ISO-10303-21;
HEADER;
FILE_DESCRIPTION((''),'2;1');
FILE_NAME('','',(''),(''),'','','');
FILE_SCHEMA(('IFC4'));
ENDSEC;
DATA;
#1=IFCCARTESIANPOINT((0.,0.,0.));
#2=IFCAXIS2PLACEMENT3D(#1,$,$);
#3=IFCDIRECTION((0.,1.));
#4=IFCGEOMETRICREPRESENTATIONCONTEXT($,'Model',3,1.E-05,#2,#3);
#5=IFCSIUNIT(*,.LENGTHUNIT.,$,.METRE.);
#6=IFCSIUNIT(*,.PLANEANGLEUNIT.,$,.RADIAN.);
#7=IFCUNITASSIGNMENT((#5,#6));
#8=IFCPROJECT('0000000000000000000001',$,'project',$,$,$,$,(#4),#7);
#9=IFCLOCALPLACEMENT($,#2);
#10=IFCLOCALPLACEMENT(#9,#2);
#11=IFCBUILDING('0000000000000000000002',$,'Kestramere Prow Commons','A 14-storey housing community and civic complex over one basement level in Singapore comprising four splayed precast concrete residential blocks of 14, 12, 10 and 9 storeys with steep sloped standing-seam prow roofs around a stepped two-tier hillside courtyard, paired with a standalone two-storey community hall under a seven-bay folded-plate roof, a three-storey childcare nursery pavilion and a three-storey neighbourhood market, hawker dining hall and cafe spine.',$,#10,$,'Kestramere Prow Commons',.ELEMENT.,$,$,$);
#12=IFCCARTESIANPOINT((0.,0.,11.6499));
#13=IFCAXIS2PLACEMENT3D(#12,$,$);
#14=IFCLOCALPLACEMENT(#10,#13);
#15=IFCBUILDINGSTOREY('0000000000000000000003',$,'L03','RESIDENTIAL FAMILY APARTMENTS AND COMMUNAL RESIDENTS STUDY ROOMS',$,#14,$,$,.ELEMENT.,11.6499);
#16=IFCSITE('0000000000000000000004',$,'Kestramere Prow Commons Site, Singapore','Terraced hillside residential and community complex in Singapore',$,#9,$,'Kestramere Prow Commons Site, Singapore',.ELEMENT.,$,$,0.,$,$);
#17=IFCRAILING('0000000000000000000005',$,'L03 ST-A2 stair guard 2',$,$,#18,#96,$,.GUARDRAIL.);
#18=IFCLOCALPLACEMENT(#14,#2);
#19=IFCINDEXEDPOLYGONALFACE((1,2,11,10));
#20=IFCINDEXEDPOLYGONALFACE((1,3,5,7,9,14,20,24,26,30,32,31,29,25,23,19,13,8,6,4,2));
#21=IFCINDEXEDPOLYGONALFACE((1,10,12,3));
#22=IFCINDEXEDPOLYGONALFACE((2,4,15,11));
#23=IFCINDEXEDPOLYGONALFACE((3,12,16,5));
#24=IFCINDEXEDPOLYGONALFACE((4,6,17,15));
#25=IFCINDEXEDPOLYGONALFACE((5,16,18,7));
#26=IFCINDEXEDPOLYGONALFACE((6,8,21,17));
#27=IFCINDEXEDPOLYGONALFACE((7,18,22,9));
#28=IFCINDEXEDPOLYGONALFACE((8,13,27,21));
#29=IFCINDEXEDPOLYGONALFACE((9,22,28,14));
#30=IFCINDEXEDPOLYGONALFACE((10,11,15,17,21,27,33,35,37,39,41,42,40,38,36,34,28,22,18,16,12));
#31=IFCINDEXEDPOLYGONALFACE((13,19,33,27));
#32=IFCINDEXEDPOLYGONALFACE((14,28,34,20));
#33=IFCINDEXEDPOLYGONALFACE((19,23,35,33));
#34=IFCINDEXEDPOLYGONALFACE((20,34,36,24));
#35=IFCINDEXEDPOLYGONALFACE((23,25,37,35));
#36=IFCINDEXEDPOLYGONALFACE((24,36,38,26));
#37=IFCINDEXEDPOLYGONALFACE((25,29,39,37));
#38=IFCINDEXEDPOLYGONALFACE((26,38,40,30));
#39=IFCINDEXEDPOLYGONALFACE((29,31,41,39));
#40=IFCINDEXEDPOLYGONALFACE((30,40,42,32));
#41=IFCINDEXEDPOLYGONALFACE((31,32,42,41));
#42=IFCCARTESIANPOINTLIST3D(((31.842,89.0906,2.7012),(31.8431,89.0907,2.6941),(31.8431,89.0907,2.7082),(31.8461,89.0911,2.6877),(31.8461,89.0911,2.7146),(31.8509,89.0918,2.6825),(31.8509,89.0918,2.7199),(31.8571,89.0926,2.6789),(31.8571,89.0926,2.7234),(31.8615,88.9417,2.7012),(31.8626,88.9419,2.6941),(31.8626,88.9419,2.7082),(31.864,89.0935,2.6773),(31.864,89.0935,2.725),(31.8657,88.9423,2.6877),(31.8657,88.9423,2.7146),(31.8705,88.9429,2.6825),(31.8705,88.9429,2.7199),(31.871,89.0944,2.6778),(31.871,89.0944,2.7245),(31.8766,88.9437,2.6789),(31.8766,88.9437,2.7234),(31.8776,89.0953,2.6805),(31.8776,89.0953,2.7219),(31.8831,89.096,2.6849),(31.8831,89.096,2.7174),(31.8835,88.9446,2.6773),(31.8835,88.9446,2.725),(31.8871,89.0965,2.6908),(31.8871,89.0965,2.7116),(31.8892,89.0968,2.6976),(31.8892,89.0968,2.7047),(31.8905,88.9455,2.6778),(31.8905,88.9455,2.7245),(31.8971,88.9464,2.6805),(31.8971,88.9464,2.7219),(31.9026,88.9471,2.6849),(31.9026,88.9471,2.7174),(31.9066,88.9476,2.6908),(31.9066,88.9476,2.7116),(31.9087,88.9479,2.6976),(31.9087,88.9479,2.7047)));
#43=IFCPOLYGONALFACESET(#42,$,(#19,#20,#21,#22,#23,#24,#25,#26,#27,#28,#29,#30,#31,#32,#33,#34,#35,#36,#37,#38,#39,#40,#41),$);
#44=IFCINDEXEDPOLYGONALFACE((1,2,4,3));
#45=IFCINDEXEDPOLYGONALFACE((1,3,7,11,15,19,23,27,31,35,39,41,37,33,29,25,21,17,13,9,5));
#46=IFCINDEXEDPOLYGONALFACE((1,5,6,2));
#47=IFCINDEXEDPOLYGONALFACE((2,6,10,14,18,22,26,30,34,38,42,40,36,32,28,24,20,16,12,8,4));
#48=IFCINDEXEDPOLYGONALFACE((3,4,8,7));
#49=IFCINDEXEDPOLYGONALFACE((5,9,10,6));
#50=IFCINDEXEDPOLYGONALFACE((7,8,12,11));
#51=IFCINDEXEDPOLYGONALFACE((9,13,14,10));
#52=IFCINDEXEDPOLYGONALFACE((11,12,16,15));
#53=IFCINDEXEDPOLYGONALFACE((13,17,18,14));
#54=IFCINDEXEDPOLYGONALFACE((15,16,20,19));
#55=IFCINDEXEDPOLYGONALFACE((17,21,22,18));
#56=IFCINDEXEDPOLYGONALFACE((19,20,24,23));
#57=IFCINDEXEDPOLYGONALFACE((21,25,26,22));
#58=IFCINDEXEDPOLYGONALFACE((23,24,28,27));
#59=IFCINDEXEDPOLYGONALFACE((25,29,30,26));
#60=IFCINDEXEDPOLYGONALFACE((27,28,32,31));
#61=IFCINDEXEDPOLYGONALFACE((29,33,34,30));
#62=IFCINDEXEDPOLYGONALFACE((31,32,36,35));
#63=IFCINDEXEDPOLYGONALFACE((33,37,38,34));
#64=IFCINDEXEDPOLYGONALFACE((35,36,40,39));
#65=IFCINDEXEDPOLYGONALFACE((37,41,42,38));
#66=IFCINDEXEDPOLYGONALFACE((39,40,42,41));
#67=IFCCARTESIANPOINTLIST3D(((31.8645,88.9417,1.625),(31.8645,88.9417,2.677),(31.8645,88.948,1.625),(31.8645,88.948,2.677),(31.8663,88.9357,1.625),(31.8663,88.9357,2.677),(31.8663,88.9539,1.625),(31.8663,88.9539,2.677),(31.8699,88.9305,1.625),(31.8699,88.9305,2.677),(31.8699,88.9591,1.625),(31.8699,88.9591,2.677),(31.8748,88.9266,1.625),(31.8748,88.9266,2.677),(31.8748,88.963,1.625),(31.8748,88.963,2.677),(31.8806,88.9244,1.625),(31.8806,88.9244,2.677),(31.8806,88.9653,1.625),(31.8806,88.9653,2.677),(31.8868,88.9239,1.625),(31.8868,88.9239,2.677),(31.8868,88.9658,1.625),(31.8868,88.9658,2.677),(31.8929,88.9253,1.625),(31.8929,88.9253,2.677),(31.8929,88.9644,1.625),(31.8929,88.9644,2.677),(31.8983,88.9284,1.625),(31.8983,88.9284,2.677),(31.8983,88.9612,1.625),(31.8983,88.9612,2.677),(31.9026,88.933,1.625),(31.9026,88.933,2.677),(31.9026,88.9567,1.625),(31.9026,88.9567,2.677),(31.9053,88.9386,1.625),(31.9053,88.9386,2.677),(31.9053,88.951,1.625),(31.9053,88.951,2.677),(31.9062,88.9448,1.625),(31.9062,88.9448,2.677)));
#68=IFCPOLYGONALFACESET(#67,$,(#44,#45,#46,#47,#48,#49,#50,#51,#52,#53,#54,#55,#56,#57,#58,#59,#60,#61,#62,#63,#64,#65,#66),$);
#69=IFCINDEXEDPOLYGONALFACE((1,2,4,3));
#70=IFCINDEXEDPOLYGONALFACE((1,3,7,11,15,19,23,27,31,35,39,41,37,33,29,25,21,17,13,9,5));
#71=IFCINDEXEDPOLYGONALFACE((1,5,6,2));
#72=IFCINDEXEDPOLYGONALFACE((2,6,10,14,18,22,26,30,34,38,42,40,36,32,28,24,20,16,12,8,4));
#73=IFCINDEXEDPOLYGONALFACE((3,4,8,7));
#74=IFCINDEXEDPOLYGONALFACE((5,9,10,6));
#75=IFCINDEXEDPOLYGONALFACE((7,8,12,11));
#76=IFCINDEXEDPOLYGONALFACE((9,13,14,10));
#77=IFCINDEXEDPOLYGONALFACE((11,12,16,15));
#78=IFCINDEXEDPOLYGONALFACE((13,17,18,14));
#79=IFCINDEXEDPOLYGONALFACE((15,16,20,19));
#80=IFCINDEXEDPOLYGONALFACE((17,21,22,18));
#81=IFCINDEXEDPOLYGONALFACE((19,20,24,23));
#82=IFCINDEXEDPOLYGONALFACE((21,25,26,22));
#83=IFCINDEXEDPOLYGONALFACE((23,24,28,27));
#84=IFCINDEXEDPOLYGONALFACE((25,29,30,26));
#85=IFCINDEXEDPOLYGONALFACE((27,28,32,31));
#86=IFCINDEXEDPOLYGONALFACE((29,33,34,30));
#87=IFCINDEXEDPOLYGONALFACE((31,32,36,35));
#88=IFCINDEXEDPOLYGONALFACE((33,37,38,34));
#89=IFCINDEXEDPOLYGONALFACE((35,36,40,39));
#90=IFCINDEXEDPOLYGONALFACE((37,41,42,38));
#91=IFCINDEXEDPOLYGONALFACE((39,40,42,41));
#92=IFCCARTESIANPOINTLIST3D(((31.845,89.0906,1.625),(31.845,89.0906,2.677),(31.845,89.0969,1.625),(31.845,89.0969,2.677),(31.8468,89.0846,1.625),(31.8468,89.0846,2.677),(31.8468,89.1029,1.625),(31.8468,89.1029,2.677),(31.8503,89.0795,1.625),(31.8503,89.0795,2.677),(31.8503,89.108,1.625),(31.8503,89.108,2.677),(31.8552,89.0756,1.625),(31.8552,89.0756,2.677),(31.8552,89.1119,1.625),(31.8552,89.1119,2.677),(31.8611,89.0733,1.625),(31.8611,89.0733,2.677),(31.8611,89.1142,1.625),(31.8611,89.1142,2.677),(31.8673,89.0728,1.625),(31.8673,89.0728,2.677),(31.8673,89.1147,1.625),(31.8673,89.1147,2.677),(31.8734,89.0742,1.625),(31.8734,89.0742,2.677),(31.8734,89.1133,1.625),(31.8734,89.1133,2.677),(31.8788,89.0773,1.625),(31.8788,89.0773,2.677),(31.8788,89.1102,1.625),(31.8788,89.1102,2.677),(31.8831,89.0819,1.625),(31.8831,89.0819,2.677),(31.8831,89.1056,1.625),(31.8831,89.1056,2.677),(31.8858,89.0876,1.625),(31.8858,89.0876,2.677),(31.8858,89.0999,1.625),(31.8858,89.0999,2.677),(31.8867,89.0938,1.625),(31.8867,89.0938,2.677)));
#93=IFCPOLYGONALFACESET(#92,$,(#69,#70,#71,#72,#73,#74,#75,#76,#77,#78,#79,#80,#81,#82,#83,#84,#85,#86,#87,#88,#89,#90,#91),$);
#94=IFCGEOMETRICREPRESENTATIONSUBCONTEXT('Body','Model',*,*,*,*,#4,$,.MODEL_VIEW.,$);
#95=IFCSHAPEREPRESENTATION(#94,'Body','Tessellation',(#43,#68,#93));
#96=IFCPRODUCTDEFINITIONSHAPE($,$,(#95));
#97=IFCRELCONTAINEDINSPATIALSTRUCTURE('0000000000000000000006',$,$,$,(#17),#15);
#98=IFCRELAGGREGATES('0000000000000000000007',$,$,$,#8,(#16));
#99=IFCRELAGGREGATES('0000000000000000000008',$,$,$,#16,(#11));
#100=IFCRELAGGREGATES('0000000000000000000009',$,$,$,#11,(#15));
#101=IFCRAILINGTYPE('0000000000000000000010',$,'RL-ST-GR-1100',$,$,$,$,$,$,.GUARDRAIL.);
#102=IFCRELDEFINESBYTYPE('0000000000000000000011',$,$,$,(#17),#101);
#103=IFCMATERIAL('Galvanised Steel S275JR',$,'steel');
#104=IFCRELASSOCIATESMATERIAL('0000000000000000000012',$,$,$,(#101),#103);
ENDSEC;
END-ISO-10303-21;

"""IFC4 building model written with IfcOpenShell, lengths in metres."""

from ifc_helpers import new_model, si_unit, direction, frame, origin, origin_2d, place, context, subcontext, project, spatial, circle, extrude, material, type_object, element, save


model = new_model("IFC4")

# Units and contexts
model_context = context("Model", 3, precision=1e-05, world=origin(), true_north=direction((0.0, 1.0)))
body_context = subcontext(model_context, "Body", "Model", "MODEL_VIEW")
ifc_project = project(units=[si_unit("LENGTHUNIT", "METRE"), si_unit("PLANEANGLEUNIT", "RADIAN")], contexts=[model_context])

# Site, building, storey
site_placement = place(None, origin())
site = spatial("IfcSite", under=ifc_project, at=site_placement, Name="Kestramere Prow Commons Site, Singapore", Description="Terraced hillside residential and community complex in Singapore", LongName="Kestramere Prow Commons Site, Singapore", CompositionType="ELEMENT", RefElevation=0.0)
building_placement = place(site_placement, origin())
building = spatial("IfcBuilding", under=site, at=building_placement, Name="Kestramere Prow Commons", Description="A 14-storey housing community and civic complex over one basement level in Singapore comprising four splayed precast concrete residential blocks of 14, 12, 10 and 9 storeys with steep sloped standing-seam prow roofs around a stepped two-tier hillside courtyard, paired with a standalone two-storey community hall under a seven-bay folded-plate roof, a three-storey childcare nursery pavilion and a three-storey neighbourhood market, hawker dining hall and cafe spine.", LongName="Kestramere Prow Commons", CompositionType="ELEMENT")
storey_placement = place(building_placement, frame((0.0, 0.0, 11.6499)))
storey = spatial("IfcBuildingStorey", under=building, at=storey_placement, Name="L03", Description="RESIDENTIAL FAMILY APARTMENTS AND COMMUNAL RESIDENTS STUDY ROOMS", CompositionType="ELEMENT", Elevation=11.6499)

# Railing
ifc_material_1 = material(Name="Galvanised Steel S275JR", Category="steel")
railing_type_1 = type_object("IfcRailingType", Name="RL-ST-GR-1100", PredefinedType="GUARDRAIL", material=ifc_material_1)
railing_1_placement = place(storey_placement, frame((31.8853, 88.9448, 1.625)))
element("IfcRailing", 1, at=railing_1_placement, inside=storey, type_object=railing_type_1, Name="L03 ST-A2 stair guard 2", PredefinedType="GUARDRAIL", context=body_context, shape_type="SweptSolid", body=[
    extrude(circle(Radius=0.0239, at=origin_2d()), frame((0.0, 0.0, 1.0762), z_axis=(-0.130034, 0.99151, 0.0), x_axis=(-0.99151, -0.130034, 0.0)), (0.0, 0.0, 1.0), 0.1501),
    extrude(circle(Radius=0.021, at=origin_2d()), origin(), (0.0, 0.0, 1.0), 1.052),
    extrude(circle(Radius=0.021, at=origin_2d()), frame((-0.0195, 0.1489, 0.0)), (0.0, 0.0, 1.0), 1.052),
])

save(model, "model.ifc")
